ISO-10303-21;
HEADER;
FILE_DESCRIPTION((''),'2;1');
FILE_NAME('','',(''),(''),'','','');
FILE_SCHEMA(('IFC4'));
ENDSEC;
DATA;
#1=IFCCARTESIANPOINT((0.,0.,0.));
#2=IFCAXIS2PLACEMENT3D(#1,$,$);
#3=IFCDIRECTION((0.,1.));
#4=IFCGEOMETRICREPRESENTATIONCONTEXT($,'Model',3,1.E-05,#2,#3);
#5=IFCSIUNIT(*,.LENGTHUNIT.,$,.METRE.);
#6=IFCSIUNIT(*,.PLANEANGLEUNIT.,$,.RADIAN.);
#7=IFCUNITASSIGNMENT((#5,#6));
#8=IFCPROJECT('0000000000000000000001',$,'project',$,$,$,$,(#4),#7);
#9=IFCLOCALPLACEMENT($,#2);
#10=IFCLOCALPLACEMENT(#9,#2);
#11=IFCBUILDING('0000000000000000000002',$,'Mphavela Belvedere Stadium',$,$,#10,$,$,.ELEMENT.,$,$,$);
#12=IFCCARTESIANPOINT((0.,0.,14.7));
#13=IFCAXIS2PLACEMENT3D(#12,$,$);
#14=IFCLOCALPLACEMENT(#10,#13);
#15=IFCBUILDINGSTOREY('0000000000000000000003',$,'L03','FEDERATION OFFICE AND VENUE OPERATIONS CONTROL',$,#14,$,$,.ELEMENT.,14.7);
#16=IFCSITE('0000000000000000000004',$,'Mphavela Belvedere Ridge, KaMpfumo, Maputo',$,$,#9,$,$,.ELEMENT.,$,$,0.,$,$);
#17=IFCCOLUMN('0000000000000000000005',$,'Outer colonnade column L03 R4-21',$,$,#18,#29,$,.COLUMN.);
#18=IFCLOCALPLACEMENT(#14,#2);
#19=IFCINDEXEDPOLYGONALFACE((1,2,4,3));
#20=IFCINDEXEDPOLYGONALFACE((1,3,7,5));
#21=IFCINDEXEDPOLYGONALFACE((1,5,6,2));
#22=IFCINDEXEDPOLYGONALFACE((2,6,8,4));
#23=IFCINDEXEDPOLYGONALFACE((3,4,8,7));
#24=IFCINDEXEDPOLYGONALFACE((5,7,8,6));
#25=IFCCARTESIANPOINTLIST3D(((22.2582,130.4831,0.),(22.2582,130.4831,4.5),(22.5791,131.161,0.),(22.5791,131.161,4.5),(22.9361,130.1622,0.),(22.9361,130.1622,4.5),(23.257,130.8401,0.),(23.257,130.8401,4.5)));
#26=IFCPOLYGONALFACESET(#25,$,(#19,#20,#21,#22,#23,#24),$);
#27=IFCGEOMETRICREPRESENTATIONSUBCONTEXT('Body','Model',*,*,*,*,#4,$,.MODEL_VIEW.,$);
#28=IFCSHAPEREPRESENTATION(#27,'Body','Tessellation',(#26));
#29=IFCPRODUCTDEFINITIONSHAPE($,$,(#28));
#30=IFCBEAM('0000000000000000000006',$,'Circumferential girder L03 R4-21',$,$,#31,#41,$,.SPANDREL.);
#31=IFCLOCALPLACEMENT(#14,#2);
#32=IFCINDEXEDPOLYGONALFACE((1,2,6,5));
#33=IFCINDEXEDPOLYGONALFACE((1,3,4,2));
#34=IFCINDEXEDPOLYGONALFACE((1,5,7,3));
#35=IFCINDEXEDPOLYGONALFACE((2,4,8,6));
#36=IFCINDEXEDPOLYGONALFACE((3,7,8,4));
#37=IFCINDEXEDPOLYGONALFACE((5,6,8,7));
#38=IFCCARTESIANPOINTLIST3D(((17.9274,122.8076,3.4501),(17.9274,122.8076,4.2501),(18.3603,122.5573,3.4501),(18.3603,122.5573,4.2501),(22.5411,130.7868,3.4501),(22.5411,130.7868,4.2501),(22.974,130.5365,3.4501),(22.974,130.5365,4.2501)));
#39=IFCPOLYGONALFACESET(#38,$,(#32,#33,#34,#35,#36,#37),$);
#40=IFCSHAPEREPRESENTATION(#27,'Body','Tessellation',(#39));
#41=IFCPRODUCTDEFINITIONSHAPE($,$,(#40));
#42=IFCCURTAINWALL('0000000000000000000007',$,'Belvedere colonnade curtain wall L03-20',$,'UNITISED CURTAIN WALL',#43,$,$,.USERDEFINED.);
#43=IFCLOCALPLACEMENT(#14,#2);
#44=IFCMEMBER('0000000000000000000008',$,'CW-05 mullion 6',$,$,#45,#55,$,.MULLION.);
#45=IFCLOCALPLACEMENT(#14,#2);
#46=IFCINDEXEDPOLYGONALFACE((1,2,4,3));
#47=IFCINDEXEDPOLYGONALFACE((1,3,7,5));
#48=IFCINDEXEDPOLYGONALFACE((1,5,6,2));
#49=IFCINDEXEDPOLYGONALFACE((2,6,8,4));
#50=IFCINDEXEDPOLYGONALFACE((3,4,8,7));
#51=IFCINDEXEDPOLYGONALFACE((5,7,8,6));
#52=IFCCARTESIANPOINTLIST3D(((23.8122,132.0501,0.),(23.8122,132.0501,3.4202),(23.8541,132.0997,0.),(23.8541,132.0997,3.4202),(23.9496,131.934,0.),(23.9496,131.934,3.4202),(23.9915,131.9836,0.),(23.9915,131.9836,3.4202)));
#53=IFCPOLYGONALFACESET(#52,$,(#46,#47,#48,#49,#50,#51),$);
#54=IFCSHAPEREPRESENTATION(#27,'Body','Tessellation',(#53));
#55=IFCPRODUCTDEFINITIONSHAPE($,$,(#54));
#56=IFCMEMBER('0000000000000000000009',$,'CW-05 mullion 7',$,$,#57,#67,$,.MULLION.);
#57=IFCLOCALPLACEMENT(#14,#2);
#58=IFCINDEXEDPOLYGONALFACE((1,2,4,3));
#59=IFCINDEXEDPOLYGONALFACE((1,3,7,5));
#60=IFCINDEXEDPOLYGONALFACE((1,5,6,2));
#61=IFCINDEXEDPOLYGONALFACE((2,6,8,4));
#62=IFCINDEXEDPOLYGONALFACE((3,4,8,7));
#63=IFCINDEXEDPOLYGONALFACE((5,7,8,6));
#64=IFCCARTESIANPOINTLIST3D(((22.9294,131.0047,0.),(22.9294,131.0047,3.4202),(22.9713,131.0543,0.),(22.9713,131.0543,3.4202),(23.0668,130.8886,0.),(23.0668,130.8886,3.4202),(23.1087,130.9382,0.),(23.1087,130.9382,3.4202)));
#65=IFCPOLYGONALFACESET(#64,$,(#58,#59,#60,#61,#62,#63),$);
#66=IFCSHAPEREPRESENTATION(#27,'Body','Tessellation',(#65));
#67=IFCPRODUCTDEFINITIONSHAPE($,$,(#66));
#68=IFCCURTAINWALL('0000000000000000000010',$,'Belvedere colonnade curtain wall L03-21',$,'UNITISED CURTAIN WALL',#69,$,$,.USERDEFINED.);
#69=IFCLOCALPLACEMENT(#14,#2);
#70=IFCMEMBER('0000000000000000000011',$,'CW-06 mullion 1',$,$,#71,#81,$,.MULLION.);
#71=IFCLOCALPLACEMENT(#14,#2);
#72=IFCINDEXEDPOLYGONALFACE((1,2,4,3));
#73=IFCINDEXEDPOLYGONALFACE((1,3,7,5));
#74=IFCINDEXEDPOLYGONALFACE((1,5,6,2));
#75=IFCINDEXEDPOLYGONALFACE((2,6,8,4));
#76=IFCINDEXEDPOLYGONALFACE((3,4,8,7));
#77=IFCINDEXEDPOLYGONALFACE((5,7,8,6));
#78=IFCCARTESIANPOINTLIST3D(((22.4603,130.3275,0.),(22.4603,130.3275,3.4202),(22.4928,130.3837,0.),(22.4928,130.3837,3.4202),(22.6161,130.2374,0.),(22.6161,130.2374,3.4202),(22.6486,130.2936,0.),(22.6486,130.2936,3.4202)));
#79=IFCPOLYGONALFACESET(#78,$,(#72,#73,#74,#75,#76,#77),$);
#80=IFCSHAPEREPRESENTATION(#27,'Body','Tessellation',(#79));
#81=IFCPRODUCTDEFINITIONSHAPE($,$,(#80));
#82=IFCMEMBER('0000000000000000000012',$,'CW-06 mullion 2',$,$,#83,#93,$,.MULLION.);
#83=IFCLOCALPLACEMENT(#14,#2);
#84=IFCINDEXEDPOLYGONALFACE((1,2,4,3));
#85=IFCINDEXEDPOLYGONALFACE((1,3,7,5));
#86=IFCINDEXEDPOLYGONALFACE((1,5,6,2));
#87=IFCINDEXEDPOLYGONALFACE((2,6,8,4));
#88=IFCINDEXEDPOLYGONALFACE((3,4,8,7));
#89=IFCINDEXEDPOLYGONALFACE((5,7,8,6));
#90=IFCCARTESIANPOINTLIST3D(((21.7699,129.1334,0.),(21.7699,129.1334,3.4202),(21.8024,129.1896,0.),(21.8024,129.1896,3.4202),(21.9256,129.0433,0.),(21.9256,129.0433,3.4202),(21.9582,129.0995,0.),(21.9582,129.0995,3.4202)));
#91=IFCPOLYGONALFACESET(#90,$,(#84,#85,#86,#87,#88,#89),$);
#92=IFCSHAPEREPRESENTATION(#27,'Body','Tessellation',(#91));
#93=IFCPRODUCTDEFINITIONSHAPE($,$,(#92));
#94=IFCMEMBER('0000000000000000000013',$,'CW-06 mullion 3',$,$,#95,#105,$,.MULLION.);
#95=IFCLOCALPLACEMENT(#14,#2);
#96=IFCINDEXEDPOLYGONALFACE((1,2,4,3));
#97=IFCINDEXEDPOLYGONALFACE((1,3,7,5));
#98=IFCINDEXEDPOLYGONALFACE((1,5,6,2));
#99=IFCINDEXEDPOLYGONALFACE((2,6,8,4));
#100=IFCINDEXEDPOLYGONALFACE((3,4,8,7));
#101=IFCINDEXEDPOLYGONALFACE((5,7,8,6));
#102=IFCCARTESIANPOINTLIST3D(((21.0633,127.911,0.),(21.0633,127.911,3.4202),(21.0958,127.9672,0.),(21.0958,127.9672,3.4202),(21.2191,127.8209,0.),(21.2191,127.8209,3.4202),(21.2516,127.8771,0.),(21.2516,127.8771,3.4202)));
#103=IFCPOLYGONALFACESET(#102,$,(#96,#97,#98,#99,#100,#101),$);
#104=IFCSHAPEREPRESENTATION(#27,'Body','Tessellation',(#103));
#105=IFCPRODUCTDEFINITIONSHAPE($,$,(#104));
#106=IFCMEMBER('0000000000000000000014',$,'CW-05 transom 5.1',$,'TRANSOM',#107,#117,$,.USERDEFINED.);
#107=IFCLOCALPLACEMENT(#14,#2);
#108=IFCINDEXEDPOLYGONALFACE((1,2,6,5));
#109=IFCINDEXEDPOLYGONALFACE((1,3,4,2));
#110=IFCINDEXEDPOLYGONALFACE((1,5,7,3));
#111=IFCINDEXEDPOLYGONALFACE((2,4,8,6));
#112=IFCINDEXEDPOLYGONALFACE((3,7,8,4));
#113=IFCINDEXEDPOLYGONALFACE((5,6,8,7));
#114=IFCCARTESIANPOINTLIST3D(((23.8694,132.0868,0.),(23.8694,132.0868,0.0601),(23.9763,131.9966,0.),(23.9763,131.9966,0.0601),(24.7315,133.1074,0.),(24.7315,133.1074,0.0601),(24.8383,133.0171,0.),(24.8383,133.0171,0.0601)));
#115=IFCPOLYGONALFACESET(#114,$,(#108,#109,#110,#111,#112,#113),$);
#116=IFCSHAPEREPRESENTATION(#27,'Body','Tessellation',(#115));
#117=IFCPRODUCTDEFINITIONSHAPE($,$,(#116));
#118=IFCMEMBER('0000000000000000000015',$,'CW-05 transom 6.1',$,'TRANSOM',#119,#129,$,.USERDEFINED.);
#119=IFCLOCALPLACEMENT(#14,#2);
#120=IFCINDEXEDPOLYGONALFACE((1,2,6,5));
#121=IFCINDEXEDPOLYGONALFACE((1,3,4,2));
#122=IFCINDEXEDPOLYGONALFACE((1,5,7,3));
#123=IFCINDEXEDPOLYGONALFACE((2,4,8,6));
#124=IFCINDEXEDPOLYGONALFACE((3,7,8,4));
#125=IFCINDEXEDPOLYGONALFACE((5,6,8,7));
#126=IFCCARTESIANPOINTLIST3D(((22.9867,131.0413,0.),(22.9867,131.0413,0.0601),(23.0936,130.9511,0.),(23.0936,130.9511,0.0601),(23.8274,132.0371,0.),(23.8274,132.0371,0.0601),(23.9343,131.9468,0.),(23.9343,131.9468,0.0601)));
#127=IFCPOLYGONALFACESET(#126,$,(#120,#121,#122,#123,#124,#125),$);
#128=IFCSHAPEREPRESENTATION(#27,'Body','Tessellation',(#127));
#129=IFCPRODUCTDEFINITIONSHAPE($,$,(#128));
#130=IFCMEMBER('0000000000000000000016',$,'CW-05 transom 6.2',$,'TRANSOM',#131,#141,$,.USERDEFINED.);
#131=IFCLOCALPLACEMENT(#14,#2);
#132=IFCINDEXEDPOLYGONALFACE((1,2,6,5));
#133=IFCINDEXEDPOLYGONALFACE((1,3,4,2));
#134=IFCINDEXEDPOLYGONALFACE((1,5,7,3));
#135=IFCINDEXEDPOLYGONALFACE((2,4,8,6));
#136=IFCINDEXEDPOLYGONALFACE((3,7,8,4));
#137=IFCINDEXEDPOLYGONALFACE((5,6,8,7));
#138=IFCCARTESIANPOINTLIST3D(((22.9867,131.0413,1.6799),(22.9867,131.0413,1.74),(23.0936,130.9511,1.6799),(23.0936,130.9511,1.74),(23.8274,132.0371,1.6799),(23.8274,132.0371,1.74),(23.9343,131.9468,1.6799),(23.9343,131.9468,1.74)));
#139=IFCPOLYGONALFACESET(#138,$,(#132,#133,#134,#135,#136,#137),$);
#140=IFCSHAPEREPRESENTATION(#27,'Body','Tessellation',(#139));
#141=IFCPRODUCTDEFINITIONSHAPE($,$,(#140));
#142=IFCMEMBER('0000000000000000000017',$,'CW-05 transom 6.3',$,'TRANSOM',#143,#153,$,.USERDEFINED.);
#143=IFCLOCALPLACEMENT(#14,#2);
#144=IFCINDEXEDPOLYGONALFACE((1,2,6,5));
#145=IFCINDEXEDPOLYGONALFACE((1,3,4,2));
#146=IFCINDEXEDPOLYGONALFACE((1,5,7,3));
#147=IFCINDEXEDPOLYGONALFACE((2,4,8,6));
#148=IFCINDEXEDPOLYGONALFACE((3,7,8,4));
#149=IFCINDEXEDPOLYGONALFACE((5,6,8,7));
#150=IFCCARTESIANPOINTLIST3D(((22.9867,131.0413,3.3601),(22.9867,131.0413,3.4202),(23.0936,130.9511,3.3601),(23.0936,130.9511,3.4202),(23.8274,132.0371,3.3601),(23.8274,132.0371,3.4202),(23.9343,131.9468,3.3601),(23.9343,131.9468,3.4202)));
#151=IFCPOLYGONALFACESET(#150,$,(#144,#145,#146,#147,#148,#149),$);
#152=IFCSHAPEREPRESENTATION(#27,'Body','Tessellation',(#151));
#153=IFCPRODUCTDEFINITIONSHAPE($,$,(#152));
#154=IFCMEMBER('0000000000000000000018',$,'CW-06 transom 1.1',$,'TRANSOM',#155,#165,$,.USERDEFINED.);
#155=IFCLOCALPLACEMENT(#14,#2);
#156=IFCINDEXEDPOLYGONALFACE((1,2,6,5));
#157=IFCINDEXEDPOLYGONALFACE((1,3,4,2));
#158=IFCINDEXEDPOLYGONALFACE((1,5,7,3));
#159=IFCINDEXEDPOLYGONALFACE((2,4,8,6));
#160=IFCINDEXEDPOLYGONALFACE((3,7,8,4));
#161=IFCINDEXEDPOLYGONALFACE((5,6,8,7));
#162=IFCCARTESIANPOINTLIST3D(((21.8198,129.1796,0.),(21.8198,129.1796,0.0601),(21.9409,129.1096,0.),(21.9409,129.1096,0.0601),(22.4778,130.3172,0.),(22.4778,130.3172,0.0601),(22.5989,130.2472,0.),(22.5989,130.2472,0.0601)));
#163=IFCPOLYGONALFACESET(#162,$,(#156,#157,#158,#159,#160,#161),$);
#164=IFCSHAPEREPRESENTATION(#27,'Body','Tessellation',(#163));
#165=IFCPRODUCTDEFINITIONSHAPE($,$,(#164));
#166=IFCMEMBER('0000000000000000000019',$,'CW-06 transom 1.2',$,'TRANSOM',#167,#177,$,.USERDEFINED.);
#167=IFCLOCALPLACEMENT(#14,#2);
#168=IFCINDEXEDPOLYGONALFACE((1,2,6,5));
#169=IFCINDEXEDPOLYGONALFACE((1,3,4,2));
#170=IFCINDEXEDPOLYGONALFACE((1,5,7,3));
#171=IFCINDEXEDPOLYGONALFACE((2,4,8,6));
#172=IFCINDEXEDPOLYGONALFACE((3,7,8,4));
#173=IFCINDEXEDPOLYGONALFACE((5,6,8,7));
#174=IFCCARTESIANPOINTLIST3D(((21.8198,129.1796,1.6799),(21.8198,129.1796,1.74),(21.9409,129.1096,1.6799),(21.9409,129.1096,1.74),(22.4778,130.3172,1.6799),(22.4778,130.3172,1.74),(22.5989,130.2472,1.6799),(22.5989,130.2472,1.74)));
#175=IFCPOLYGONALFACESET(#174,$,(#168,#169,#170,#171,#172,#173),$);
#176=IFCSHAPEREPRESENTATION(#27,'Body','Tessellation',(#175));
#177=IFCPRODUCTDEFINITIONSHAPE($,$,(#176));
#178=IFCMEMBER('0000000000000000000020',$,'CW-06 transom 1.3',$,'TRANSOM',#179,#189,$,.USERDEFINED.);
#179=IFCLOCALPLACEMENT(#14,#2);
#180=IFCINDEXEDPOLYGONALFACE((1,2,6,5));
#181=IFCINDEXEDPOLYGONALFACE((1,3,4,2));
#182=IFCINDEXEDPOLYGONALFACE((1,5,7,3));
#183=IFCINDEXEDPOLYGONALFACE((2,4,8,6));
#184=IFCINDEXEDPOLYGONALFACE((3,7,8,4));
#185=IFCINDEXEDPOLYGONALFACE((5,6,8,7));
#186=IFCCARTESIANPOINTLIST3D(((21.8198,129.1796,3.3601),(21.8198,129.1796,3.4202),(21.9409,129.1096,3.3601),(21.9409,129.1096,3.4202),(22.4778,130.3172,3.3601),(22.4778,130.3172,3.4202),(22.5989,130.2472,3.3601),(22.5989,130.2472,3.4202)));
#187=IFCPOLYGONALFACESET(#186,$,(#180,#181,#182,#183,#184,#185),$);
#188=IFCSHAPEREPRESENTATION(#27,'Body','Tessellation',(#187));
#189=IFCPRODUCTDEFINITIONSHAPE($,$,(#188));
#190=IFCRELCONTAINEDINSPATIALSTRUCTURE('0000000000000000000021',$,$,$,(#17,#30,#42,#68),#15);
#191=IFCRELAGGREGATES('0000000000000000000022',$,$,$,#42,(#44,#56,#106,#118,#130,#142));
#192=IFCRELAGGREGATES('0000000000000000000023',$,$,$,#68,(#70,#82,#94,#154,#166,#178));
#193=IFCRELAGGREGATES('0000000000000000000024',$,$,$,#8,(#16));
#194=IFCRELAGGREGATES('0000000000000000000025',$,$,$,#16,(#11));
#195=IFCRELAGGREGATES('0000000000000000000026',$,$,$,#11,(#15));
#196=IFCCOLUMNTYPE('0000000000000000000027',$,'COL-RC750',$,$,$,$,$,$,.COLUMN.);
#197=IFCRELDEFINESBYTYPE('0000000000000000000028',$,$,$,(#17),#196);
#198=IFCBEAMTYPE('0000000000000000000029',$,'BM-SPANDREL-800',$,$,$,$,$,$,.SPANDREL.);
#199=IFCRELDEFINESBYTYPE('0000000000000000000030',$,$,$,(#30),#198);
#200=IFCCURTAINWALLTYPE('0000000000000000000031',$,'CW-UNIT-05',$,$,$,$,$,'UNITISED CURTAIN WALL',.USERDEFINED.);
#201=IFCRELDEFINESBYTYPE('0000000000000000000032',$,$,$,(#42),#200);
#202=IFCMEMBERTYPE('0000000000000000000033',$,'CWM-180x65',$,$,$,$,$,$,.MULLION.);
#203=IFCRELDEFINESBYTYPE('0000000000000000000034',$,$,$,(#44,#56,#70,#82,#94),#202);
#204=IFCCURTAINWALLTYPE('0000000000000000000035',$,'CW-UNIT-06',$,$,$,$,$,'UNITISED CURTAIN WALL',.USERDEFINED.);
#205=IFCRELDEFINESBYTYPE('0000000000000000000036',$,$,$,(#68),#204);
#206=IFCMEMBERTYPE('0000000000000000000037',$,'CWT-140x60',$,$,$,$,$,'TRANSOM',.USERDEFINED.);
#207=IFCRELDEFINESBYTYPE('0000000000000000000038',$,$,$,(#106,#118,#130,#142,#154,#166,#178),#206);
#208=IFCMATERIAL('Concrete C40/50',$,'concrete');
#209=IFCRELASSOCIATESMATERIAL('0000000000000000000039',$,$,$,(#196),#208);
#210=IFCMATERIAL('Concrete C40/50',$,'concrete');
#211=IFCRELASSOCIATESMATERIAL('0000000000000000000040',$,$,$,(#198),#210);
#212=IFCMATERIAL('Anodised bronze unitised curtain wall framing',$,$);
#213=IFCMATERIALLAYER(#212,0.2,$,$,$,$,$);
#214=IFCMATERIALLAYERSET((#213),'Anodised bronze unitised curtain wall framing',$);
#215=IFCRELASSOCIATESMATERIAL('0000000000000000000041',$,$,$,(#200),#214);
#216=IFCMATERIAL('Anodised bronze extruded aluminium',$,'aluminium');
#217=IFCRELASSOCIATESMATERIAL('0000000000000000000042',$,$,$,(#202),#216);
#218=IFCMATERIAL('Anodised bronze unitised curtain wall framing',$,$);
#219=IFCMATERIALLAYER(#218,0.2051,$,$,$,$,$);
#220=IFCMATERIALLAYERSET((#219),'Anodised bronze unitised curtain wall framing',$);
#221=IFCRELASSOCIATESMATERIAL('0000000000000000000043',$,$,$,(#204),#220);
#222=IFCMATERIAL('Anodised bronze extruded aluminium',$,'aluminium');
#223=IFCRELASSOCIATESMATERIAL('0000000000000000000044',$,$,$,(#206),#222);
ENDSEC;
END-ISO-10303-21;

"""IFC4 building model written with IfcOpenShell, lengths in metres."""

from ifc_helpers import new_model, si_unit, direction, frame, origin, origin_2d, place, context, subcontext, project, spatial, rectangle, extrude, material, layer, layer_set, material_profile, profile_set, type_object, element, aggregate, save


model = new_model("IFC4")

# Units and contexts
model_context = context("Model", 3, precision=1e-05, world=origin(), true_north=direction((0.0, 1.0)))
body_context = subcontext(model_context, "Body", "Model", "MODEL_VIEW")
ifc_project = project(units=[si_unit("LENGTHUNIT", "METRE"), si_unit("PLANEANGLEUNIT", "RADIAN")], contexts=[model_context])

# Site, building, storey
site_placement = place(None, origin())
site = spatial("IfcSite", under=ifc_project, at=site_placement, Name="Mphavela Belvedere Ridge, KaMpfumo, Maputo", CompositionType="ELEMENT", RefElevation=0.0)
building_placement = place(site_placement, origin())
building = spatial("IfcBuilding", under=site, at=building_placement, Name="Mphavela Belvedere Stadium", CompositionType="ELEMENT")
storey_placement = place(building_placement, frame((0.0, 0.0, 14.7)))
storey = spatial("IfcBuildingStorey", under=building, at=storey_placement, Name="L03", Description="FEDERATION OFFICE AND VENUE OPERATIONS CONTROL", CompositionType="ELEMENT", Elevation=14.7)

# Column
ifc_material_1 = material(Name="Concrete C40/50", Category="concrete")
ifc_material_profile_1 = material_profile(ifc_material_1, rectangle(XDim=0.75, YDim=0.75, at=origin_2d()), Name="RC 750x750")
ifc_profile_set_1 = profile_set([ifc_material_profile_1], Name="Concrete C40/50")
column_type = type_object("IfcColumnType", Name="COL-RC750", PredefinedType="COLUMN", material=ifc_profile_set_1)
column_placement = place(storey_placement, frame((22.7576, 130.6616, 0.0), z_axis=(0.0, 0.0, 1.0), x_axis=(-0.903859, 0.427831, 0.0)))
element("IfcColumn", 1, at=column_placement, inside=storey, type_object=column_type, Name="Outer colonnade column L03 R4-21", PredefinedType="COLUMN", context=body_context, shape_type="SweptSolid", body=[
    extrude(rectangle(XDim=0.75, YDim=0.75, at=origin_2d()), origin(), (0.0, 0.0, 1.0), 4.5),
])

# Beam
ifc_material_2 = material(Name="Concrete C40/50", Category="concrete")
ifc_material_profile_2 = material_profile(ifc_material_2, rectangle(XDim=0.5, YDim=0.8, at=origin_2d()), Name="RC 500x800")
ifc_profile_set_2 = profile_set([ifc_material_profile_2], Name="Concrete C40/50")
beam_type = type_object("IfcBeamType", Name="BM-SPANDREL-800", PredefinedType="SPANDREL", material=ifc_profile_set_2)
beam_placement = place(storey_placement, frame((22.7576, 130.6616, 3.8501), z_axis=(-0.500565, -0.865699, 0.0), x_axis=(0.865699, -0.500565, 0.0)))
element("IfcBeam", 2, at=beam_placement, inside=storey, type_object=beam_type, Name="Circumferential girder L03 R4-21", PredefinedType="SPANDREL", context=body_context, shape_type="SweptSolid", body=[
    extrude(rectangle(XDim=0.5, YDim=0.8, at=origin_2d()), origin(), (0.0, 0.0, 1.0), 9.217),
])

# Curtain walls, members
ifc_material_3 = material(Name="Anodised bronze unitised curtain wall framing")
ifc_layer_1 = layer(ifc_material_3, 0.2)
ifc_layer_set_1 = layer_set([ifc_layer_1], Name="Anodised bronze unitised curtain wall framing")
curtain_wall_type_1 = type_object("IfcCurtainWallType", Name="CW-UNIT-05", ElementType="UNITISED CURTAIN WALL", PredefinedType="USERDEFINED", material=ifc_layer_set_1)
curtain_wall_1_placement = place(storey_placement, origin())
curtain_wall_1 = element("IfcCurtainWall", 3, at=curtain_wall_1_placement, inside=storey, type_object=curtain_wall_type_1, Name="Belvedere colonnade curtain wall L03-20", ObjectType="UNITISED CURTAIN WALL", PredefinedType="USERDEFINED")
ifc_material_4 = material(Name="Anodised bronze extruded aluminium", Category="aluminium")
ifc_material_profile_3 = material_profile(ifc_material_4, rectangle(XDim=0.1799, YDim=0.0649, at=origin_2d()), Name="CW-MUL 180x65")
ifc_profile_set_3 = profile_set([ifc_material_profile_3], Name="Anodised bronze extruded aluminium")
member_type_1 = type_object("IfcMemberType", Name="CWM-180x65", PredefinedType="MULLION", material=ifc_profile_set_3)
member_1_placement = place(storey_placement, frame((23.9019, 132.0168, 0.0), z_axis=(0.0, 0.0, 1.0), x_axis=(0.764031, -0.645179, 0.0)))
member_1 = element("IfcMember", 4, at=member_1_placement, type_object=member_type_1, Name="CW-05 mullion 6", PredefinedType="MULLION", context=body_context, shape_type="SweptSolid", body=[
    extrude(rectangle(XDim=0.1799, YDim=0.0649, at=origin_2d()), origin(), (0.0, 0.0, 1.0), 3.4202),
])
member_2_placement = place(storey_placement, frame((23.019, 130.9714, 0.0), z_axis=(0.0, 0.0, 1.0), x_axis=(0.764031, -0.645179, 0.0)))
member_2 = element("IfcMember", 5, at=member_2_placement, type_object=member_type_1, Name="CW-05 mullion 7", PredefinedType="MULLION", context=body_context, shape_type="SweptSolid", body=[
    extrude(rectangle(XDim=0.1799, YDim=0.0649, at=origin_2d()), origin(), (0.0, 0.0, 1.0), 3.4202),
])
ifc_material_5 = material(Name="Anodised bronze unitised curtain wall framing")
ifc_layer_2 = layer(ifc_material_5, 0.2051)
ifc_layer_set_2 = layer_set([ifc_layer_2], Name="Anodised bronze unitised curtain wall framing")
curtain_wall_type_2 = type_object("IfcCurtainWallType", Name="CW-UNIT-06", ElementType="UNITISED CURTAIN WALL", PredefinedType="USERDEFINED", material=ifc_layer_set_2)
curtain_wall_2_placement = place(storey_placement, origin())
curtain_wall_2 = element("IfcCurtainWall", 6, at=curtain_wall_2_placement, inside=storey, type_object=curtain_wall_type_2, Name="Belvedere colonnade curtain wall L03-21", ObjectType="UNITISED CURTAIN WALL", PredefinedType="USERDEFINED")
member_3_placement = place(storey_placement, frame((22.5544, 130.3105, 0.0), z_axis=(0.0, 0.0, 1.0), x_axis=(0.865705, -0.500554, 0.0)))
member_3 = element("IfcMember", 7, at=member_3_placement, type_object=member_type_1, Name="CW-06 mullion 1", PredefinedType="MULLION", context=body_context, shape_type="SweptSolid", body=[
    extrude(rectangle(XDim=0.1799, YDim=0.0649, at=origin_2d()), origin(), (0.0, 0.0, 1.0), 3.4202),
])
member_4_placement = place(storey_placement, frame((21.864, 129.1165, 0.0), z_axis=(0.0, 0.0, 1.0), x_axis=(0.865705, -0.500554, 0.0)))
member_4 = element("IfcMember", 8, at=member_4_placement, type_object=member_type_1, Name="CW-06 mullion 2", PredefinedType="MULLION", context=body_context, shape_type="SweptSolid", body=[
    extrude(rectangle(XDim=0.1799, YDim=0.0649, at=origin_2d()), origin(), (0.0, 0.0, 1.0), 3.4202),
])
member_5_placement = place(storey_placement, frame((21.1575, 127.894, 0.0), z_axis=(0.0, 0.0, 1.0), x_axis=(0.865705, -0.500554, 0.0)))
member_5 = element("IfcMember", 9, at=member_5_placement, type_object=member_type_1, Name="CW-06 mullion 3", PredefinedType="MULLION", context=body_context, shape_type="SweptSolid", body=[
    extrude(rectangle(XDim=0.1799, YDim=0.0649, at=origin_2d()), origin(), (0.0, 0.0, 1.0), 3.4202),
])

# Members
ifc_material_6 = material(Name="Anodised bronze extruded aluminium", Category="aluminium")
ifc_material_profile_4 = material_profile(ifc_material_6, rectangle(XDim=0.1399, YDim=0.0601, at=origin_2d()), Name="CW-TRN 140x60")
ifc_profile_set_4 = profile_set([ifc_material_profile_4], Name="Anodised bronze extruded aluminium")
member_type_2 = type_object("IfcMemberType", Name="CWT-140x60", ElementType="TRANSOM", PredefinedType="USERDEFINED", material=ifc_profile_set_4)
member_6_placement = place(storey_placement, frame((24.7849, 133.0623, 0.03), z_axis=(-0.645311, -0.76392, 0.0), x_axis=(0.76392, -0.645311, 0.0)))
member_6 = element("IfcMember", 10, at=member_6_placement, type_object=member_type_2, Name="CW-05 transom 5.1", ObjectType="TRANSOM", PredefinedType="USERDEFINED", context=body_context, shape_type="SweptSolid", body=[
    extrude(rectangle(XDim=0.1399, YDim=0.0601, at=origin_2d()), origin(), (0.0, 0.0, 1.0), 1.3359),
])
member_7_placement = place(storey_placement, frame((23.8809, 131.9919, 0.03), z_axis=(-0.645127, -0.764075, 0.0), x_axis=(0.764075, -0.645127, 0.0)))
member_7 = element("IfcMember", 11, at=member_7_placement, type_object=member_type_2, Name="CW-05 transom 6.1", ObjectType="TRANSOM", PredefinedType="USERDEFINED", context=body_context, shape_type="SweptSolid", body=[
    extrude(rectangle(XDim=0.1399, YDim=0.0601, at=origin_2d()), origin(), (0.0, 0.0, 1.0), 1.3032),
])
member_8_placement = place(storey_placement, frame((23.8809, 131.9919, 1.71), z_axis=(-0.645127, -0.764075, 0.0), x_axis=(0.764075, -0.645127, 0.0)))
member_8 = element("IfcMember", 12, at=member_8_placement, type_object=member_type_2, Name="CW-05 transom 6.2", ObjectType="TRANSOM", PredefinedType="USERDEFINED", context=body_context, shape_type="SweptSolid", body=[
    extrude(rectangle(XDim=0.1399, YDim=0.0601, at=origin_2d()), origin(), (0.0, 0.0, 1.0), 1.3032),
])
member_9_placement = place(storey_placement, frame((23.8809, 131.9919, 3.3901), z_axis=(-0.645127, -0.764075, 0.0), x_axis=(0.764075, -0.645127, 0.0)))
member_9 = element("IfcMember", 13, at=member_9_placement, type_object=member_type_2, Name="CW-05 transom 6.3", ObjectType="TRANSOM", PredefinedType="USERDEFINED", context=body_context, shape_type="SweptSolid", body=[
    extrude(rectangle(XDim=0.1399, YDim=0.0601, at=origin_2d()), origin(), (0.0, 0.0, 1.0), 1.3032),
])
member_10_placement = place(storey_placement, frame((22.5383, 130.2822, 0.03), z_axis=(-0.500633, -0.865659, 0.0), x_axis=(0.865659, -0.500633, 0.0)))
member_10 = element("IfcMember", 14, at=member_10_placement, type_object=member_type_2, Name="CW-06 transom 1.1", ObjectType="TRANSOM", PredefinedType="USERDEFINED", context=body_context, shape_type="SweptSolid", body=[
    extrude(rectangle(XDim=0.1399, YDim=0.0601, at=origin_2d()), origin(), (0.0, 0.0, 1.0), 1.3142),
])
member_11_placement = place(storey_placement, frame((22.5383, 130.2822, 1.71), z_axis=(-0.500633, -0.865659, 0.0), x_axis=(0.865659, -0.500633, 0.0)))
member_11 = element("IfcMember", 15, at=member_11_placement, type_object=member_type_2, Name="CW-06 transom 1.2", ObjectType="TRANSOM", PredefinedType="USERDEFINED", context=body_context, shape_type="SweptSolid", body=[
    extrude(rectangle(XDim=0.1399, YDim=0.0601, at=origin_2d()), origin(), (0.0, 0.0, 1.0), 1.3142),
])
member_12_placement = place(storey_placement, frame((22.5383, 130.2822, 3.3901), z_axis=(-0.500633, -0.865659, 0.0), x_axis=(0.865659, -0.500633, 0.0)))
member_12 = element("IfcMember", 16, at=member_12_placement, type_object=member_type_2, Name="CW-06 transom 1.3", ObjectType="TRANSOM", PredefinedType="USERDEFINED", context=body_context, shape_type="SweptSolid", body=[
    extrude(rectangle(XDim=0.1399, YDim=0.0601, at=origin_2d()), origin(), (0.0, 0.0, 1.0), 1.3142),
])

aggregate(curtain_wall_1, [member_1, member_2, member_6, member_7, member_8, member_9])
aggregate(curtain_wall_2, [member_3, member_4, member_5, member_10, member_11, member_12])

save(model, "model.ifc")
